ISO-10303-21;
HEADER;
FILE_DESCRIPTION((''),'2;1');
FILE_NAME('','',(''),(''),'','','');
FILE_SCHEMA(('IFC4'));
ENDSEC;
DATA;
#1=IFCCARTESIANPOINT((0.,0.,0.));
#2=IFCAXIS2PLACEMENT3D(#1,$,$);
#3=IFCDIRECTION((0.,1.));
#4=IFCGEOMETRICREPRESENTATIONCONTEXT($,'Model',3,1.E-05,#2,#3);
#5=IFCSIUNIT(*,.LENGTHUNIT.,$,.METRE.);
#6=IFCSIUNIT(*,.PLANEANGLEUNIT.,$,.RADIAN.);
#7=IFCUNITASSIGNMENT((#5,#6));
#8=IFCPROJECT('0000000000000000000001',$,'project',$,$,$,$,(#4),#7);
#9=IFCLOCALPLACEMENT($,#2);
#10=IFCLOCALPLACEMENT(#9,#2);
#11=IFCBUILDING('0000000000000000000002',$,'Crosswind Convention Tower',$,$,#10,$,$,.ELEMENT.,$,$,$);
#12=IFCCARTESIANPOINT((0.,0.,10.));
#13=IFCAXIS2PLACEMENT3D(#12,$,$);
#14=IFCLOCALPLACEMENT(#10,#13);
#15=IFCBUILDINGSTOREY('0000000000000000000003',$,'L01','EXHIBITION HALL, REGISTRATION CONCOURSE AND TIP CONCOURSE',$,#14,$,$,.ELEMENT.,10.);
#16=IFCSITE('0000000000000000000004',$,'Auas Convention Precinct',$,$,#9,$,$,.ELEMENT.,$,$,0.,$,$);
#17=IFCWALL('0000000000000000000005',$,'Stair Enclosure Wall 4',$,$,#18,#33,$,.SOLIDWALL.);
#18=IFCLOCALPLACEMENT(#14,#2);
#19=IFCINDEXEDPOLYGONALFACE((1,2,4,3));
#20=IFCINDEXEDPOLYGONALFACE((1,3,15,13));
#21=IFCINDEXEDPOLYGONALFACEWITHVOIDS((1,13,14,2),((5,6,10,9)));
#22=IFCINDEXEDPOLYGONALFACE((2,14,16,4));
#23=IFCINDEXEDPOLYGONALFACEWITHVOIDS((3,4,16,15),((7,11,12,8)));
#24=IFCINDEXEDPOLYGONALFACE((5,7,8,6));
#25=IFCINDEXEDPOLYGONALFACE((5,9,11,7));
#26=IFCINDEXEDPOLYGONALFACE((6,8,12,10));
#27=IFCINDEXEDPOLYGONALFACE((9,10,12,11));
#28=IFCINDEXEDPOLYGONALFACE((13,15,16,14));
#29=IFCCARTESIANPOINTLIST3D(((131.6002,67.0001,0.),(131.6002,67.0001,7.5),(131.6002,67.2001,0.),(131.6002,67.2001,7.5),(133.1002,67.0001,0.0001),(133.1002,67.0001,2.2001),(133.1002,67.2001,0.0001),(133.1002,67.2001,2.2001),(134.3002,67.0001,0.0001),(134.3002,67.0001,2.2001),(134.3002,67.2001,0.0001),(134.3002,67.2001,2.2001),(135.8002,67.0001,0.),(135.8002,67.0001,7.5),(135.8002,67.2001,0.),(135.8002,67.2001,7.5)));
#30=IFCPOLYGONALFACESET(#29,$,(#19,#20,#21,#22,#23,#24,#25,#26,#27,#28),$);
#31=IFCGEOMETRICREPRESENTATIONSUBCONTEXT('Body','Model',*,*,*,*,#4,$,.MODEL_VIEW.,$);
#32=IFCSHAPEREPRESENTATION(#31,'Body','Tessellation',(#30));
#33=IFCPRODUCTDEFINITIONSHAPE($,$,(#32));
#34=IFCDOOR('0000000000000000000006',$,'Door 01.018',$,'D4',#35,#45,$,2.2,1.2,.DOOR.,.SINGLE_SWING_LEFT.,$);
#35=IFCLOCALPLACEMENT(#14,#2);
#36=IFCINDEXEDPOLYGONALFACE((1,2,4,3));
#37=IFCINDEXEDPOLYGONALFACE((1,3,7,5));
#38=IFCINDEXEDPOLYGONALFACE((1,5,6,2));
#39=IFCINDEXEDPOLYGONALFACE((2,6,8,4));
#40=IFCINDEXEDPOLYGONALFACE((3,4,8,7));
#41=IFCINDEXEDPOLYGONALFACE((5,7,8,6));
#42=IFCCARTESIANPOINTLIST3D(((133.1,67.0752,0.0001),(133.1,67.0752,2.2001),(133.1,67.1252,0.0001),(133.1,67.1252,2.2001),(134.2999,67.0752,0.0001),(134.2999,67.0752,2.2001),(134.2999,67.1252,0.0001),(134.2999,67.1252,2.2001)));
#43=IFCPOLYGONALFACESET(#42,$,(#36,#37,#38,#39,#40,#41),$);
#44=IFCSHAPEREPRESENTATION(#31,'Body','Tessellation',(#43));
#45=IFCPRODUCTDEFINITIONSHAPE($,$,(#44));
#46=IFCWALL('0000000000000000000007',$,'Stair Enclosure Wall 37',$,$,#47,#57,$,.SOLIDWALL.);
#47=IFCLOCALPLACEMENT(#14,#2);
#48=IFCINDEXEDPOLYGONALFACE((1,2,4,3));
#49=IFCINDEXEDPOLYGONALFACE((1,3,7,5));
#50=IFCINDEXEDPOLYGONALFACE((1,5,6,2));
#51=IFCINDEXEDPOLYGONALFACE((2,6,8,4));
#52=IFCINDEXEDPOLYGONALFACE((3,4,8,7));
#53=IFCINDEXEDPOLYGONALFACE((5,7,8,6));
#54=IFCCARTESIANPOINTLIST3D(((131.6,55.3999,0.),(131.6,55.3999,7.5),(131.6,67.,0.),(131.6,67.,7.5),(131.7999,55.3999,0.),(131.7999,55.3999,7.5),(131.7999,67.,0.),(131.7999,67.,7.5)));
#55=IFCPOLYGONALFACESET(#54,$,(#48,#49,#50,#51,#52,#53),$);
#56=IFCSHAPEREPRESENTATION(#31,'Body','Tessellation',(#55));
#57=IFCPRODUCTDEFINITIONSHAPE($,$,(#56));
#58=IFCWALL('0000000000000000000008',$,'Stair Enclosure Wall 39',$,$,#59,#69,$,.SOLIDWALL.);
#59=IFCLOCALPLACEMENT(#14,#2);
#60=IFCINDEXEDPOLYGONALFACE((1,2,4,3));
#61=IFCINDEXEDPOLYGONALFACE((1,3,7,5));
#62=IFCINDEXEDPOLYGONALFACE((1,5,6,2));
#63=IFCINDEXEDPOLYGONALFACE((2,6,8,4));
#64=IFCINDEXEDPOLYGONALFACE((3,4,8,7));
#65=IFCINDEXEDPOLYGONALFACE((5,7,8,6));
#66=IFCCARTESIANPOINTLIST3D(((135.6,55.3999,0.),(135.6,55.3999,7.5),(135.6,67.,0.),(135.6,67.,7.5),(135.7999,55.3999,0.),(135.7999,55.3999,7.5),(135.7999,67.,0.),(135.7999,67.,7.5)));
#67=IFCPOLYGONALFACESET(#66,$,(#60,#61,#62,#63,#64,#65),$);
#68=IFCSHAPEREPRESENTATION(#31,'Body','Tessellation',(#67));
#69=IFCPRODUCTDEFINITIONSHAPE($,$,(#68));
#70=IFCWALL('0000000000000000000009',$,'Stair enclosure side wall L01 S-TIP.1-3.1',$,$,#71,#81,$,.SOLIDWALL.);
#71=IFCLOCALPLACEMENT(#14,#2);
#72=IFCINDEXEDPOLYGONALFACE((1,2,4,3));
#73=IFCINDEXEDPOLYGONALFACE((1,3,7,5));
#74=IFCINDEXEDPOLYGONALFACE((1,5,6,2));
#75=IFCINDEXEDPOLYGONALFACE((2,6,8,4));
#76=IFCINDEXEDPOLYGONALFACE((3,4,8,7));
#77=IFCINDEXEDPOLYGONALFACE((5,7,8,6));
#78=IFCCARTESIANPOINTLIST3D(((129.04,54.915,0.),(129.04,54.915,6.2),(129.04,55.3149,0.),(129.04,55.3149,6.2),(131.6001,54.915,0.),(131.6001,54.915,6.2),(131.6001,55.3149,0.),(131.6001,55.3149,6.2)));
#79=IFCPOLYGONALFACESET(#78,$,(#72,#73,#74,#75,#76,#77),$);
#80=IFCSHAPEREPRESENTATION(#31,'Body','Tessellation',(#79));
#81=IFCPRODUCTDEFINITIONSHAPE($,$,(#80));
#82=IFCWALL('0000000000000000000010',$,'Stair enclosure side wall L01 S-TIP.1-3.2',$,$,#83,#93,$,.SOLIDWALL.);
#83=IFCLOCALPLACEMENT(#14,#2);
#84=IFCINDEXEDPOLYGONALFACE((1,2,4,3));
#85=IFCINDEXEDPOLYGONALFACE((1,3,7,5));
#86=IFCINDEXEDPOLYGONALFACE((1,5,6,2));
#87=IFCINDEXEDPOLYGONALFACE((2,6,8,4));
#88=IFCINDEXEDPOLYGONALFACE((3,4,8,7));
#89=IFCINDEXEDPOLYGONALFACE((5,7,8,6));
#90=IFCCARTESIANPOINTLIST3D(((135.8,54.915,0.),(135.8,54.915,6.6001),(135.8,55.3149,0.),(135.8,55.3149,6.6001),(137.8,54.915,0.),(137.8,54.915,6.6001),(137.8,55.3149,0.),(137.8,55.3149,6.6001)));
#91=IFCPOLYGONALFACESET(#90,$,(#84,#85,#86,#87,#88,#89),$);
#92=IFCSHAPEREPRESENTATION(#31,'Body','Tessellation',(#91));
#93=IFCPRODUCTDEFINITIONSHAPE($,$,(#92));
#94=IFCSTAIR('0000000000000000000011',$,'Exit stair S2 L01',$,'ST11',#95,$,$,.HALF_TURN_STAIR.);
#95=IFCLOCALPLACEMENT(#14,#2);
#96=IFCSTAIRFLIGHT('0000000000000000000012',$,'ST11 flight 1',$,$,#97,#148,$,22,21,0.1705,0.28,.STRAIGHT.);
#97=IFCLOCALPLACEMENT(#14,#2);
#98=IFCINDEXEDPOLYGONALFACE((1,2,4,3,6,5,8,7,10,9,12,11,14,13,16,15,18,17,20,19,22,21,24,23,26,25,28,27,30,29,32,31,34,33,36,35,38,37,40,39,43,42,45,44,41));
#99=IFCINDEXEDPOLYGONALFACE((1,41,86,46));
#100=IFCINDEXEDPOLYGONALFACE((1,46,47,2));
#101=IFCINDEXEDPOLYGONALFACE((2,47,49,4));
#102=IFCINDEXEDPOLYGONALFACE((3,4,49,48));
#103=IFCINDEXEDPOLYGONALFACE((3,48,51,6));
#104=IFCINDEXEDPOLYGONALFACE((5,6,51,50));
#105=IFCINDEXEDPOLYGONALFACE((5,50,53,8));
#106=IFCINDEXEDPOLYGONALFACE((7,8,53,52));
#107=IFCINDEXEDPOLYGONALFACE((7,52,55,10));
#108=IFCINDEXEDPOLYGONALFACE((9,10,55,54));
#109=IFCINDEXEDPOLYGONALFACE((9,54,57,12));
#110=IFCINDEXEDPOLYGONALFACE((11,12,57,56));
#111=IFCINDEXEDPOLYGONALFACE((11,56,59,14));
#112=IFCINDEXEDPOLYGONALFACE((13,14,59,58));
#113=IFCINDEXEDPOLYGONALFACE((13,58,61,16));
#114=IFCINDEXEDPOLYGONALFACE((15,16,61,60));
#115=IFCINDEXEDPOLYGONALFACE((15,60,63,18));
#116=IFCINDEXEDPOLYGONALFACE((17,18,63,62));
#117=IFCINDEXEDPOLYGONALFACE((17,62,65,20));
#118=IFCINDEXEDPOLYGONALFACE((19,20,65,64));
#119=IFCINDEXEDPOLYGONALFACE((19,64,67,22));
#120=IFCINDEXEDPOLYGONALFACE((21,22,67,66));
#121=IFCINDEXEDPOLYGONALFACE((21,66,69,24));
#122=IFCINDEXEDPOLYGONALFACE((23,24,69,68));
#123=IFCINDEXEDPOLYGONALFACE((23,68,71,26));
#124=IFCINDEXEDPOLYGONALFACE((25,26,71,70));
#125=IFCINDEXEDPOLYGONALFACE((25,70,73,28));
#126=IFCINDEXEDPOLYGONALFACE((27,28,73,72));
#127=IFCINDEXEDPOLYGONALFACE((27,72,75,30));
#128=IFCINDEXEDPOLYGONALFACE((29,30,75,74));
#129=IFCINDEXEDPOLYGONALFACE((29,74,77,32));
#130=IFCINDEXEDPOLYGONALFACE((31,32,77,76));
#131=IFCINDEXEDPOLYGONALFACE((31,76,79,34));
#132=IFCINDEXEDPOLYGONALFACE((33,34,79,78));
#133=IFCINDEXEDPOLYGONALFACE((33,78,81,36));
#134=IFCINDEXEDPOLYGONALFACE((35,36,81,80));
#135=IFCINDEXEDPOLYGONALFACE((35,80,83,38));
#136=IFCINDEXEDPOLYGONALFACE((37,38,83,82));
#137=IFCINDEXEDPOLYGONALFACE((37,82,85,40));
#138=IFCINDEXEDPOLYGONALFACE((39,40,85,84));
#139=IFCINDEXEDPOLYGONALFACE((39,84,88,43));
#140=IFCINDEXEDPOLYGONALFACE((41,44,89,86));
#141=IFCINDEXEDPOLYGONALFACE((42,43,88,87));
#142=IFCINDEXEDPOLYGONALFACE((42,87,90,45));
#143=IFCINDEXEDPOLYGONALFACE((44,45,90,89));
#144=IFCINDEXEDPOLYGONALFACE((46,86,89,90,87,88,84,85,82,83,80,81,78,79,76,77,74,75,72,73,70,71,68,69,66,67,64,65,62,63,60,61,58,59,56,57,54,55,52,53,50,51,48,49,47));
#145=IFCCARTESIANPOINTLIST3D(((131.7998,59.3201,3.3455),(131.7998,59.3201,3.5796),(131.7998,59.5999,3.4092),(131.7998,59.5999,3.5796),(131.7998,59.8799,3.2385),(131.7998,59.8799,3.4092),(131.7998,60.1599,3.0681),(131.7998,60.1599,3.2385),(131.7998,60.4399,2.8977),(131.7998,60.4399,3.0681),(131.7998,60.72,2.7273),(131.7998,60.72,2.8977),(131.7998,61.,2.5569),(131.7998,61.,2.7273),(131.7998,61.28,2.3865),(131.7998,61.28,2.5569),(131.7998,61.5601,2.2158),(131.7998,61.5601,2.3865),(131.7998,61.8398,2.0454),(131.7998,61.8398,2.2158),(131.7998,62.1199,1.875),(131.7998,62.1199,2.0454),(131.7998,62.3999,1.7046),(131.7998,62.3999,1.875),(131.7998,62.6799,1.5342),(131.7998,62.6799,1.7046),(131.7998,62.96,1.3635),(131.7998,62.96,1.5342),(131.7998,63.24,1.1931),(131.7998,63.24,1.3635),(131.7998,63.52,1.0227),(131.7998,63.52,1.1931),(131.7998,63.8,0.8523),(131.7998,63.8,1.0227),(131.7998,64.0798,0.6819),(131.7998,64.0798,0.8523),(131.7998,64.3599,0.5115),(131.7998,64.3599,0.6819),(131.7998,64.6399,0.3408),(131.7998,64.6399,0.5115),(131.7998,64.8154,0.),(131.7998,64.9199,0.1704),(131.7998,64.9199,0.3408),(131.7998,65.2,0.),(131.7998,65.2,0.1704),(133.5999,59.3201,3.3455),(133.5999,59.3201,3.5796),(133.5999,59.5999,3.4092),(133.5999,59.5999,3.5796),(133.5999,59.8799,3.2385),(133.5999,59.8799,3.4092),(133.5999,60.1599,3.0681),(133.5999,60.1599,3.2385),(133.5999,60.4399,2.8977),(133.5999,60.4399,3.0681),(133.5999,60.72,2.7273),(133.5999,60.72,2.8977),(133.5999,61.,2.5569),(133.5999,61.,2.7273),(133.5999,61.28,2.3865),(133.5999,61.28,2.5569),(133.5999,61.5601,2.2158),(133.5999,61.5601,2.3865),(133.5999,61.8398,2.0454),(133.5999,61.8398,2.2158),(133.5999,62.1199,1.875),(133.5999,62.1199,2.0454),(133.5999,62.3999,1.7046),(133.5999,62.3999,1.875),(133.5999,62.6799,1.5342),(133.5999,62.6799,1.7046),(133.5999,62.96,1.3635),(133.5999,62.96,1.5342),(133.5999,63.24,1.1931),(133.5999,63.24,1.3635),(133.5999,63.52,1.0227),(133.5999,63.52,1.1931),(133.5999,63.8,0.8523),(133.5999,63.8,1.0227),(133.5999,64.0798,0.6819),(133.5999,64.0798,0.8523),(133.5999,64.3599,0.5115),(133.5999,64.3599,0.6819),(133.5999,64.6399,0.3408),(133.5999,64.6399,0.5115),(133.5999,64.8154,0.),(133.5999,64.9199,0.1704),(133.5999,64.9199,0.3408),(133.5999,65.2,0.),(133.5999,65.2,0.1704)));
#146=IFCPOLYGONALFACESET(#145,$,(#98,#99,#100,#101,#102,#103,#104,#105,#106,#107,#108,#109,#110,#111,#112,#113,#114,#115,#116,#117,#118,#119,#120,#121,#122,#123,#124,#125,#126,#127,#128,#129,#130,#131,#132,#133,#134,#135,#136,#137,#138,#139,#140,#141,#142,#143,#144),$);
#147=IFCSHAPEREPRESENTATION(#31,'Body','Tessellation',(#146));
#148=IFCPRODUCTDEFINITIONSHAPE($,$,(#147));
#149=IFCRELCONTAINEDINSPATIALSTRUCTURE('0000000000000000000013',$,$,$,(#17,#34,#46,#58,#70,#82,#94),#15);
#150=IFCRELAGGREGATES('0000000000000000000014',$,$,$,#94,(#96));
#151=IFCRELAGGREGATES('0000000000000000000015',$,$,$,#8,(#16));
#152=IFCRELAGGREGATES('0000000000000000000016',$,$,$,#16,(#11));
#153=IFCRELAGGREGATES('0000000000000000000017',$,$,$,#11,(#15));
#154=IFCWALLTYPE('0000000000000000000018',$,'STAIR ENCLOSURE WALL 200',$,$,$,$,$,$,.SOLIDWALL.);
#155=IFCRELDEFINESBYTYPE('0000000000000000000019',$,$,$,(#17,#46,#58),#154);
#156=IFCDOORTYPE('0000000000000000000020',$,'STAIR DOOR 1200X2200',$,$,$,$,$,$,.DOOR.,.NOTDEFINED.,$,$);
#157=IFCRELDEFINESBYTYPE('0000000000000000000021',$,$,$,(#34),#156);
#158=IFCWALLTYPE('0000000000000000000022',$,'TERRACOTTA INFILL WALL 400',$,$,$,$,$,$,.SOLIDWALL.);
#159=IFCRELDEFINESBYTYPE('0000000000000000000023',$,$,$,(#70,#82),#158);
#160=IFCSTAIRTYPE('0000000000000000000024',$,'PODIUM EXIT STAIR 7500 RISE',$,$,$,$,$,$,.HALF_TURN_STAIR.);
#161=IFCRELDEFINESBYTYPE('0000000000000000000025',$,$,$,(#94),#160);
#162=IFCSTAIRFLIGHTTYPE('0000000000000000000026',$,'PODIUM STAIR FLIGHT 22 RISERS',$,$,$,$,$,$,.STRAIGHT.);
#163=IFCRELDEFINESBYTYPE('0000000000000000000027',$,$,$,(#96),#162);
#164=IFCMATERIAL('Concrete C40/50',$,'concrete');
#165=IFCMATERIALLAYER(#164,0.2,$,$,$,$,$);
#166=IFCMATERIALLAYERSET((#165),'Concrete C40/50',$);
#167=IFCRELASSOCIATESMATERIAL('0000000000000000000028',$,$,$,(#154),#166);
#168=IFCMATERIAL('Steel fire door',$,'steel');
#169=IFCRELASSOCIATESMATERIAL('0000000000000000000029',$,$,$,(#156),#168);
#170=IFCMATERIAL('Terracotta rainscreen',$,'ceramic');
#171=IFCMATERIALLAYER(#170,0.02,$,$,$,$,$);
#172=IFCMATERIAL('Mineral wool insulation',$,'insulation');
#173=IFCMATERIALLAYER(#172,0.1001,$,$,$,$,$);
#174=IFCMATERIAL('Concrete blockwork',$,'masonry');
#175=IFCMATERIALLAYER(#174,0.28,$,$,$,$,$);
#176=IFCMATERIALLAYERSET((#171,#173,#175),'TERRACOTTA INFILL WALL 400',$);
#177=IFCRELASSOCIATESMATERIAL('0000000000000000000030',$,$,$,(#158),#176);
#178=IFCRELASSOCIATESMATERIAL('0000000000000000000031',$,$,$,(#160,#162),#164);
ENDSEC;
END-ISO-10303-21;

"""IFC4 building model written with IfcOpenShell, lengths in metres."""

from ifc_helpers import new_model, si_unit, direction, frame, frame_2d, origin, place, context, subcontext, project, spatial, polyline, rectangle, outline, extrude, material, layer, layer_set, type_object, element, fill, aggregate, save


model = new_model("IFC4")

# Units and contexts
model_context = context("Model", 3, precision=1e-05, world=origin(), true_north=direction((0.0, 1.0)))
body_context = subcontext(model_context, "Body", "Model", "MODEL_VIEW")
ifc_project = project(units=[si_unit("LENGTHUNIT", "METRE"), si_unit("PLANEANGLEUNIT", "RADIAN")], contexts=[model_context])

# Site, building, storey
site_placement = place(None, origin())
site = spatial("IfcSite", under=ifc_project, at=site_placement, Name="Auas Convention Precinct", CompositionType="ELEMENT", RefElevation=0.0)
building_placement = place(site_placement, origin())
building = spatial("IfcBuilding", under=site, at=building_placement, Name="Crosswind Convention Tower", CompositionType="ELEMENT")
storey_placement = place(building_placement, frame((0.0, 0.0, 10.0)))
storey = spatial("IfcBuildingStorey", under=building, at=storey_placement, Name="L01", Description="EXHIBITION HALL, REGISTRATION CONCOURSE AND TIP CONCOURSE", CompositionType="ELEMENT", Elevation=10.0)

# Shared definitions
ifc_material_1 = material(Name="Concrete C40/50", Category="concrete")
ifc_layer_1 = layer(ifc_material_1, 0.2)
ifc_layer_set_1 = layer_set([ifc_layer_1], Name="Concrete C40/50")
wall_type_1 = type_object("IfcWallType", Name="STAIR ENCLOSURE WALL 200", PredefinedType="SOLIDWALL", material=ifc_layer_set_1)

# Wall, opening, door
wall_1_placement = place(storey_placement, frame((131.6001, 67.1001, 0.0), z_axis=(0.0, 0.0, 1.0), x_axis=(1.0, 0.0, 0.0)))
wall_1 = element("IfcWall", 1, at=wall_1_placement, inside=storey, type_object=wall_type_1, Name="Stair Enclosure Wall 4", PredefinedType="SOLIDWALL", context=body_context, shape_type="SweptSolid", body=[
    extrude(rectangle(XDim=4.2, YDim=0.2, at=frame_2d((2.1001, 0.0))), origin(), (0.0, 0.0, 1.0), 7.5),
])
opening_placement = place(wall_1_placement, frame((1.5, 0.0, 0.0)))
opening = element("IfcOpeningElement", 2, at=opening_placement, cuts=wall_1, PredefinedType="OPENING", context=body_context, shape_type="SweptSolid", body=[
    extrude(rectangle(XDim=1.2, YDim=2.2, at=frame_2d((0.6001, 1.1001))), frame((0.0, 0.1099, 0.0), z_axis=(0.0, -1.0, 0.0), x_axis=(1.0, 0.0, 0.0)), (0.0, 0.0, 1.0), 0.22),
])
ifc_material_2 = material(Name="Steel fire door", Category="steel")
door_type = type_object("IfcDoorType", Name="STAIR DOOR 1200X2200", OperationType="NOTDEFINED", PredefinedType="DOOR", material=ifc_material_2)
door_placement = place(opening_placement, frame((1.2, 0.0, 0.0), z_axis=(0.0, 0.0, 1.0), x_axis=(-1.0, 0.0, 0.0)))
door = element("IfcDoor", 3, at=door_placement, inside=storey, type_object=door_type, Name="Door 01.018", ObjectType="D4", OperationType="SINGLE_SWING_LEFT", OverallHeight=2.2, OverallWidth=1.2, PredefinedType="DOOR", context=body_context, shape_type="SweptSolid", body=[
    extrude(rectangle(XDim=1.2, YDim=2.2, at=frame_2d((0.6001, 1.1001))), frame((0.0, 0.0249, 0.0), z_axis=(0.0, -1.0, 0.0), x_axis=(1.0, 0.0, 0.0)), (0.0, 0.0, 1.0), 0.05),
])
fill(opening, door)

# Walls
for number, where, z_axis, x_axis, name in (
    (4, (131.7, 55.3999, 0.0), (0.0, 0.0, 1.0), (0.0, 1.0, 0.0), "Stair Enclosure Wall 37"),
    (5, (135.7, 55.3999, 0.0), (0.0, 0.0, 1.0), (0.0, 1.0, 0.0), "Stair Enclosure Wall 39"),
):
    element("IfcWall", number, at=place(storey_placement, frame(where, z_axis=z_axis, x_axis=x_axis)), inside=storey, type_object=wall_type_1, Name=name, PredefinedType="SOLIDWALL", context=body_context, shape_type="SweptSolid", body=[
        extrude(rectangle(XDim=11.6001, YDim=0.2, at=frame_2d((5.8, 0.0))), origin(), (0.0, 0.0, 1.0), 7.5),
    ])
ifc_material_3 = material(Name="Terracotta rainscreen", Category="ceramic")
ifc_layer_2 = layer(ifc_material_3, 0.02)
ifc_material_4 = material(Name="Mineral wool insulation", Category="insulation")
ifc_layer_3 = layer(ifc_material_4, 0.1001)
ifc_material_5 = material(Name="Concrete blockwork", Category="masonry")
ifc_layer_4 = layer(ifc_material_5, 0.28)
ifc_layer_set_2 = layer_set([ifc_layer_2, ifc_layer_3, ifc_layer_4], Name="TERRACOTTA INFILL WALL 400")
wall_type_2 = type_object("IfcWallType", Name="TERRACOTTA INFILL WALL 400", PredefinedType="SOLIDWALL", material=ifc_layer_set_2)
wall_2_placement = place(storey_placement, frame((129.04, 55.115, 0.0), z_axis=(0.0, 0.0, 1.0), x_axis=(1.0, 0.0, 0.0)))
element("IfcWall", 6, at=wall_2_placement, inside=storey, type_object=wall_type_2, Name="Stair enclosure side wall L01 S-TIP.1-3.1", PredefinedType="SOLIDWALL", context=body_context, shape_type="SweptSolid", body=[
    extrude(rectangle(XDim=2.5601, YDim=0.3999, at=frame_2d((1.28, 0.0))), origin(), (0.0, 0.0, 1.0), 6.2),
])
wall_3_placement = place(storey_placement, frame((135.8, 55.115, 0.0), z_axis=(0.0, 0.0, 1.0), x_axis=(1.0, 0.0, 0.0)))
element("IfcWall", 7, at=wall_3_placement, inside=storey, type_object=wall_type_2, Name="Stair enclosure side wall L01 S-TIP.1-3.2", PredefinedType="SOLIDWALL", context=body_context, shape_type="SweptSolid", body=[
    extrude(rectangle(XDim=2.0, YDim=0.3999, at=frame_2d((1.0, 0.0))), origin(), (0.0, 0.0, 1.0), 6.6001),
])

# Stair, stair flight
stair_type = type_object("IfcStairType", Name="PODIUM EXIT STAIR 7500 RISE", PredefinedType="HALF_TURN_STAIR", material=ifc_material_1)
stair_placement = place(storey_placement, origin())
stair = element("IfcStair", 8, at=stair_placement, inside=storey, type_object=stair_type, Name="Exit stair S2 L01", ObjectType="ST11", PredefinedType="HALF_TURN_STAIR")
stair_flight_type = type_object("IfcStairFlightType", Name="PODIUM STAIR FLIGHT 22 RISERS", PredefinedType="STRAIGHT", material=ifc_material_1)
stair_flight_1_placement = place(storey_placement, frame((132.7, 65.2, 0.0), z_axis=(0.0, 0.0, 1.0), x_axis=(0.0, -1.0, 0.0)))
stair_flight_1 = element("IfcStairFlight", 9, at=stair_flight_1_placement, type_object=stair_flight_type, Name="ST11 flight 1", NumberOfRisers=22, NumberOfTreads=21, PredefinedType="STRAIGHT", RiserHeight=0.1705, TreadLength=0.28, context=body_context, shape_type="SweptSolid", body=[
    extrude(outline(polyline([(0.0, 0.0), (0.0, 0.1704), (0.28, 0.1704), (0.28, 0.3408), (0.5601, 0.3408), (0.5601, 0.5115), (0.8401, 0.5115), (0.8401, 0.6819), (1.1201, 0.6819), (1.1201, 0.8523), (1.3999, 0.8523), (1.3999, 1.0227), (1.6799, 1.0227), (1.6799, 1.1931), (1.96, 1.1931), (1.96, 1.3635), (2.24, 1.3635), (2.24, 1.5342), (2.52, 1.5342), (2.52, 1.7046), (2.8, 1.7046), (2.8, 1.875), (3.0801, 1.875), (3.0801, 2.0454), (3.3601, 2.0454), (3.3601, 2.2158), (3.6399, 2.2158), (3.6399, 2.3865), (3.9199, 2.3865), (3.9199, 2.5569), (4.2, 2.5569), (4.2, 2.7273), (4.48, 2.7273), (4.48, 2.8977), (4.76, 2.8977), (4.76, 3.0681), (5.04, 3.0681), (5.04, 3.2385), (5.3201, 3.2385), (5.3201, 3.4092), (5.6001, 3.4092), (5.6001, 3.5796), (5.8799, 3.5796), (5.8799, 3.75), (5.8799, 3.3455), (0.3845, 0.0), (0.0, 0.0)])), frame((0.0, 0.8999, 0.0), z_axis=(0.0, -1.0, 0.0), x_axis=(1.0, 0.0, 0.0)), (0.0, 0.0, 1.0), 1.8),
])
aggregate(stair, [stair_flight_1])

save(model, "model.ifc")
